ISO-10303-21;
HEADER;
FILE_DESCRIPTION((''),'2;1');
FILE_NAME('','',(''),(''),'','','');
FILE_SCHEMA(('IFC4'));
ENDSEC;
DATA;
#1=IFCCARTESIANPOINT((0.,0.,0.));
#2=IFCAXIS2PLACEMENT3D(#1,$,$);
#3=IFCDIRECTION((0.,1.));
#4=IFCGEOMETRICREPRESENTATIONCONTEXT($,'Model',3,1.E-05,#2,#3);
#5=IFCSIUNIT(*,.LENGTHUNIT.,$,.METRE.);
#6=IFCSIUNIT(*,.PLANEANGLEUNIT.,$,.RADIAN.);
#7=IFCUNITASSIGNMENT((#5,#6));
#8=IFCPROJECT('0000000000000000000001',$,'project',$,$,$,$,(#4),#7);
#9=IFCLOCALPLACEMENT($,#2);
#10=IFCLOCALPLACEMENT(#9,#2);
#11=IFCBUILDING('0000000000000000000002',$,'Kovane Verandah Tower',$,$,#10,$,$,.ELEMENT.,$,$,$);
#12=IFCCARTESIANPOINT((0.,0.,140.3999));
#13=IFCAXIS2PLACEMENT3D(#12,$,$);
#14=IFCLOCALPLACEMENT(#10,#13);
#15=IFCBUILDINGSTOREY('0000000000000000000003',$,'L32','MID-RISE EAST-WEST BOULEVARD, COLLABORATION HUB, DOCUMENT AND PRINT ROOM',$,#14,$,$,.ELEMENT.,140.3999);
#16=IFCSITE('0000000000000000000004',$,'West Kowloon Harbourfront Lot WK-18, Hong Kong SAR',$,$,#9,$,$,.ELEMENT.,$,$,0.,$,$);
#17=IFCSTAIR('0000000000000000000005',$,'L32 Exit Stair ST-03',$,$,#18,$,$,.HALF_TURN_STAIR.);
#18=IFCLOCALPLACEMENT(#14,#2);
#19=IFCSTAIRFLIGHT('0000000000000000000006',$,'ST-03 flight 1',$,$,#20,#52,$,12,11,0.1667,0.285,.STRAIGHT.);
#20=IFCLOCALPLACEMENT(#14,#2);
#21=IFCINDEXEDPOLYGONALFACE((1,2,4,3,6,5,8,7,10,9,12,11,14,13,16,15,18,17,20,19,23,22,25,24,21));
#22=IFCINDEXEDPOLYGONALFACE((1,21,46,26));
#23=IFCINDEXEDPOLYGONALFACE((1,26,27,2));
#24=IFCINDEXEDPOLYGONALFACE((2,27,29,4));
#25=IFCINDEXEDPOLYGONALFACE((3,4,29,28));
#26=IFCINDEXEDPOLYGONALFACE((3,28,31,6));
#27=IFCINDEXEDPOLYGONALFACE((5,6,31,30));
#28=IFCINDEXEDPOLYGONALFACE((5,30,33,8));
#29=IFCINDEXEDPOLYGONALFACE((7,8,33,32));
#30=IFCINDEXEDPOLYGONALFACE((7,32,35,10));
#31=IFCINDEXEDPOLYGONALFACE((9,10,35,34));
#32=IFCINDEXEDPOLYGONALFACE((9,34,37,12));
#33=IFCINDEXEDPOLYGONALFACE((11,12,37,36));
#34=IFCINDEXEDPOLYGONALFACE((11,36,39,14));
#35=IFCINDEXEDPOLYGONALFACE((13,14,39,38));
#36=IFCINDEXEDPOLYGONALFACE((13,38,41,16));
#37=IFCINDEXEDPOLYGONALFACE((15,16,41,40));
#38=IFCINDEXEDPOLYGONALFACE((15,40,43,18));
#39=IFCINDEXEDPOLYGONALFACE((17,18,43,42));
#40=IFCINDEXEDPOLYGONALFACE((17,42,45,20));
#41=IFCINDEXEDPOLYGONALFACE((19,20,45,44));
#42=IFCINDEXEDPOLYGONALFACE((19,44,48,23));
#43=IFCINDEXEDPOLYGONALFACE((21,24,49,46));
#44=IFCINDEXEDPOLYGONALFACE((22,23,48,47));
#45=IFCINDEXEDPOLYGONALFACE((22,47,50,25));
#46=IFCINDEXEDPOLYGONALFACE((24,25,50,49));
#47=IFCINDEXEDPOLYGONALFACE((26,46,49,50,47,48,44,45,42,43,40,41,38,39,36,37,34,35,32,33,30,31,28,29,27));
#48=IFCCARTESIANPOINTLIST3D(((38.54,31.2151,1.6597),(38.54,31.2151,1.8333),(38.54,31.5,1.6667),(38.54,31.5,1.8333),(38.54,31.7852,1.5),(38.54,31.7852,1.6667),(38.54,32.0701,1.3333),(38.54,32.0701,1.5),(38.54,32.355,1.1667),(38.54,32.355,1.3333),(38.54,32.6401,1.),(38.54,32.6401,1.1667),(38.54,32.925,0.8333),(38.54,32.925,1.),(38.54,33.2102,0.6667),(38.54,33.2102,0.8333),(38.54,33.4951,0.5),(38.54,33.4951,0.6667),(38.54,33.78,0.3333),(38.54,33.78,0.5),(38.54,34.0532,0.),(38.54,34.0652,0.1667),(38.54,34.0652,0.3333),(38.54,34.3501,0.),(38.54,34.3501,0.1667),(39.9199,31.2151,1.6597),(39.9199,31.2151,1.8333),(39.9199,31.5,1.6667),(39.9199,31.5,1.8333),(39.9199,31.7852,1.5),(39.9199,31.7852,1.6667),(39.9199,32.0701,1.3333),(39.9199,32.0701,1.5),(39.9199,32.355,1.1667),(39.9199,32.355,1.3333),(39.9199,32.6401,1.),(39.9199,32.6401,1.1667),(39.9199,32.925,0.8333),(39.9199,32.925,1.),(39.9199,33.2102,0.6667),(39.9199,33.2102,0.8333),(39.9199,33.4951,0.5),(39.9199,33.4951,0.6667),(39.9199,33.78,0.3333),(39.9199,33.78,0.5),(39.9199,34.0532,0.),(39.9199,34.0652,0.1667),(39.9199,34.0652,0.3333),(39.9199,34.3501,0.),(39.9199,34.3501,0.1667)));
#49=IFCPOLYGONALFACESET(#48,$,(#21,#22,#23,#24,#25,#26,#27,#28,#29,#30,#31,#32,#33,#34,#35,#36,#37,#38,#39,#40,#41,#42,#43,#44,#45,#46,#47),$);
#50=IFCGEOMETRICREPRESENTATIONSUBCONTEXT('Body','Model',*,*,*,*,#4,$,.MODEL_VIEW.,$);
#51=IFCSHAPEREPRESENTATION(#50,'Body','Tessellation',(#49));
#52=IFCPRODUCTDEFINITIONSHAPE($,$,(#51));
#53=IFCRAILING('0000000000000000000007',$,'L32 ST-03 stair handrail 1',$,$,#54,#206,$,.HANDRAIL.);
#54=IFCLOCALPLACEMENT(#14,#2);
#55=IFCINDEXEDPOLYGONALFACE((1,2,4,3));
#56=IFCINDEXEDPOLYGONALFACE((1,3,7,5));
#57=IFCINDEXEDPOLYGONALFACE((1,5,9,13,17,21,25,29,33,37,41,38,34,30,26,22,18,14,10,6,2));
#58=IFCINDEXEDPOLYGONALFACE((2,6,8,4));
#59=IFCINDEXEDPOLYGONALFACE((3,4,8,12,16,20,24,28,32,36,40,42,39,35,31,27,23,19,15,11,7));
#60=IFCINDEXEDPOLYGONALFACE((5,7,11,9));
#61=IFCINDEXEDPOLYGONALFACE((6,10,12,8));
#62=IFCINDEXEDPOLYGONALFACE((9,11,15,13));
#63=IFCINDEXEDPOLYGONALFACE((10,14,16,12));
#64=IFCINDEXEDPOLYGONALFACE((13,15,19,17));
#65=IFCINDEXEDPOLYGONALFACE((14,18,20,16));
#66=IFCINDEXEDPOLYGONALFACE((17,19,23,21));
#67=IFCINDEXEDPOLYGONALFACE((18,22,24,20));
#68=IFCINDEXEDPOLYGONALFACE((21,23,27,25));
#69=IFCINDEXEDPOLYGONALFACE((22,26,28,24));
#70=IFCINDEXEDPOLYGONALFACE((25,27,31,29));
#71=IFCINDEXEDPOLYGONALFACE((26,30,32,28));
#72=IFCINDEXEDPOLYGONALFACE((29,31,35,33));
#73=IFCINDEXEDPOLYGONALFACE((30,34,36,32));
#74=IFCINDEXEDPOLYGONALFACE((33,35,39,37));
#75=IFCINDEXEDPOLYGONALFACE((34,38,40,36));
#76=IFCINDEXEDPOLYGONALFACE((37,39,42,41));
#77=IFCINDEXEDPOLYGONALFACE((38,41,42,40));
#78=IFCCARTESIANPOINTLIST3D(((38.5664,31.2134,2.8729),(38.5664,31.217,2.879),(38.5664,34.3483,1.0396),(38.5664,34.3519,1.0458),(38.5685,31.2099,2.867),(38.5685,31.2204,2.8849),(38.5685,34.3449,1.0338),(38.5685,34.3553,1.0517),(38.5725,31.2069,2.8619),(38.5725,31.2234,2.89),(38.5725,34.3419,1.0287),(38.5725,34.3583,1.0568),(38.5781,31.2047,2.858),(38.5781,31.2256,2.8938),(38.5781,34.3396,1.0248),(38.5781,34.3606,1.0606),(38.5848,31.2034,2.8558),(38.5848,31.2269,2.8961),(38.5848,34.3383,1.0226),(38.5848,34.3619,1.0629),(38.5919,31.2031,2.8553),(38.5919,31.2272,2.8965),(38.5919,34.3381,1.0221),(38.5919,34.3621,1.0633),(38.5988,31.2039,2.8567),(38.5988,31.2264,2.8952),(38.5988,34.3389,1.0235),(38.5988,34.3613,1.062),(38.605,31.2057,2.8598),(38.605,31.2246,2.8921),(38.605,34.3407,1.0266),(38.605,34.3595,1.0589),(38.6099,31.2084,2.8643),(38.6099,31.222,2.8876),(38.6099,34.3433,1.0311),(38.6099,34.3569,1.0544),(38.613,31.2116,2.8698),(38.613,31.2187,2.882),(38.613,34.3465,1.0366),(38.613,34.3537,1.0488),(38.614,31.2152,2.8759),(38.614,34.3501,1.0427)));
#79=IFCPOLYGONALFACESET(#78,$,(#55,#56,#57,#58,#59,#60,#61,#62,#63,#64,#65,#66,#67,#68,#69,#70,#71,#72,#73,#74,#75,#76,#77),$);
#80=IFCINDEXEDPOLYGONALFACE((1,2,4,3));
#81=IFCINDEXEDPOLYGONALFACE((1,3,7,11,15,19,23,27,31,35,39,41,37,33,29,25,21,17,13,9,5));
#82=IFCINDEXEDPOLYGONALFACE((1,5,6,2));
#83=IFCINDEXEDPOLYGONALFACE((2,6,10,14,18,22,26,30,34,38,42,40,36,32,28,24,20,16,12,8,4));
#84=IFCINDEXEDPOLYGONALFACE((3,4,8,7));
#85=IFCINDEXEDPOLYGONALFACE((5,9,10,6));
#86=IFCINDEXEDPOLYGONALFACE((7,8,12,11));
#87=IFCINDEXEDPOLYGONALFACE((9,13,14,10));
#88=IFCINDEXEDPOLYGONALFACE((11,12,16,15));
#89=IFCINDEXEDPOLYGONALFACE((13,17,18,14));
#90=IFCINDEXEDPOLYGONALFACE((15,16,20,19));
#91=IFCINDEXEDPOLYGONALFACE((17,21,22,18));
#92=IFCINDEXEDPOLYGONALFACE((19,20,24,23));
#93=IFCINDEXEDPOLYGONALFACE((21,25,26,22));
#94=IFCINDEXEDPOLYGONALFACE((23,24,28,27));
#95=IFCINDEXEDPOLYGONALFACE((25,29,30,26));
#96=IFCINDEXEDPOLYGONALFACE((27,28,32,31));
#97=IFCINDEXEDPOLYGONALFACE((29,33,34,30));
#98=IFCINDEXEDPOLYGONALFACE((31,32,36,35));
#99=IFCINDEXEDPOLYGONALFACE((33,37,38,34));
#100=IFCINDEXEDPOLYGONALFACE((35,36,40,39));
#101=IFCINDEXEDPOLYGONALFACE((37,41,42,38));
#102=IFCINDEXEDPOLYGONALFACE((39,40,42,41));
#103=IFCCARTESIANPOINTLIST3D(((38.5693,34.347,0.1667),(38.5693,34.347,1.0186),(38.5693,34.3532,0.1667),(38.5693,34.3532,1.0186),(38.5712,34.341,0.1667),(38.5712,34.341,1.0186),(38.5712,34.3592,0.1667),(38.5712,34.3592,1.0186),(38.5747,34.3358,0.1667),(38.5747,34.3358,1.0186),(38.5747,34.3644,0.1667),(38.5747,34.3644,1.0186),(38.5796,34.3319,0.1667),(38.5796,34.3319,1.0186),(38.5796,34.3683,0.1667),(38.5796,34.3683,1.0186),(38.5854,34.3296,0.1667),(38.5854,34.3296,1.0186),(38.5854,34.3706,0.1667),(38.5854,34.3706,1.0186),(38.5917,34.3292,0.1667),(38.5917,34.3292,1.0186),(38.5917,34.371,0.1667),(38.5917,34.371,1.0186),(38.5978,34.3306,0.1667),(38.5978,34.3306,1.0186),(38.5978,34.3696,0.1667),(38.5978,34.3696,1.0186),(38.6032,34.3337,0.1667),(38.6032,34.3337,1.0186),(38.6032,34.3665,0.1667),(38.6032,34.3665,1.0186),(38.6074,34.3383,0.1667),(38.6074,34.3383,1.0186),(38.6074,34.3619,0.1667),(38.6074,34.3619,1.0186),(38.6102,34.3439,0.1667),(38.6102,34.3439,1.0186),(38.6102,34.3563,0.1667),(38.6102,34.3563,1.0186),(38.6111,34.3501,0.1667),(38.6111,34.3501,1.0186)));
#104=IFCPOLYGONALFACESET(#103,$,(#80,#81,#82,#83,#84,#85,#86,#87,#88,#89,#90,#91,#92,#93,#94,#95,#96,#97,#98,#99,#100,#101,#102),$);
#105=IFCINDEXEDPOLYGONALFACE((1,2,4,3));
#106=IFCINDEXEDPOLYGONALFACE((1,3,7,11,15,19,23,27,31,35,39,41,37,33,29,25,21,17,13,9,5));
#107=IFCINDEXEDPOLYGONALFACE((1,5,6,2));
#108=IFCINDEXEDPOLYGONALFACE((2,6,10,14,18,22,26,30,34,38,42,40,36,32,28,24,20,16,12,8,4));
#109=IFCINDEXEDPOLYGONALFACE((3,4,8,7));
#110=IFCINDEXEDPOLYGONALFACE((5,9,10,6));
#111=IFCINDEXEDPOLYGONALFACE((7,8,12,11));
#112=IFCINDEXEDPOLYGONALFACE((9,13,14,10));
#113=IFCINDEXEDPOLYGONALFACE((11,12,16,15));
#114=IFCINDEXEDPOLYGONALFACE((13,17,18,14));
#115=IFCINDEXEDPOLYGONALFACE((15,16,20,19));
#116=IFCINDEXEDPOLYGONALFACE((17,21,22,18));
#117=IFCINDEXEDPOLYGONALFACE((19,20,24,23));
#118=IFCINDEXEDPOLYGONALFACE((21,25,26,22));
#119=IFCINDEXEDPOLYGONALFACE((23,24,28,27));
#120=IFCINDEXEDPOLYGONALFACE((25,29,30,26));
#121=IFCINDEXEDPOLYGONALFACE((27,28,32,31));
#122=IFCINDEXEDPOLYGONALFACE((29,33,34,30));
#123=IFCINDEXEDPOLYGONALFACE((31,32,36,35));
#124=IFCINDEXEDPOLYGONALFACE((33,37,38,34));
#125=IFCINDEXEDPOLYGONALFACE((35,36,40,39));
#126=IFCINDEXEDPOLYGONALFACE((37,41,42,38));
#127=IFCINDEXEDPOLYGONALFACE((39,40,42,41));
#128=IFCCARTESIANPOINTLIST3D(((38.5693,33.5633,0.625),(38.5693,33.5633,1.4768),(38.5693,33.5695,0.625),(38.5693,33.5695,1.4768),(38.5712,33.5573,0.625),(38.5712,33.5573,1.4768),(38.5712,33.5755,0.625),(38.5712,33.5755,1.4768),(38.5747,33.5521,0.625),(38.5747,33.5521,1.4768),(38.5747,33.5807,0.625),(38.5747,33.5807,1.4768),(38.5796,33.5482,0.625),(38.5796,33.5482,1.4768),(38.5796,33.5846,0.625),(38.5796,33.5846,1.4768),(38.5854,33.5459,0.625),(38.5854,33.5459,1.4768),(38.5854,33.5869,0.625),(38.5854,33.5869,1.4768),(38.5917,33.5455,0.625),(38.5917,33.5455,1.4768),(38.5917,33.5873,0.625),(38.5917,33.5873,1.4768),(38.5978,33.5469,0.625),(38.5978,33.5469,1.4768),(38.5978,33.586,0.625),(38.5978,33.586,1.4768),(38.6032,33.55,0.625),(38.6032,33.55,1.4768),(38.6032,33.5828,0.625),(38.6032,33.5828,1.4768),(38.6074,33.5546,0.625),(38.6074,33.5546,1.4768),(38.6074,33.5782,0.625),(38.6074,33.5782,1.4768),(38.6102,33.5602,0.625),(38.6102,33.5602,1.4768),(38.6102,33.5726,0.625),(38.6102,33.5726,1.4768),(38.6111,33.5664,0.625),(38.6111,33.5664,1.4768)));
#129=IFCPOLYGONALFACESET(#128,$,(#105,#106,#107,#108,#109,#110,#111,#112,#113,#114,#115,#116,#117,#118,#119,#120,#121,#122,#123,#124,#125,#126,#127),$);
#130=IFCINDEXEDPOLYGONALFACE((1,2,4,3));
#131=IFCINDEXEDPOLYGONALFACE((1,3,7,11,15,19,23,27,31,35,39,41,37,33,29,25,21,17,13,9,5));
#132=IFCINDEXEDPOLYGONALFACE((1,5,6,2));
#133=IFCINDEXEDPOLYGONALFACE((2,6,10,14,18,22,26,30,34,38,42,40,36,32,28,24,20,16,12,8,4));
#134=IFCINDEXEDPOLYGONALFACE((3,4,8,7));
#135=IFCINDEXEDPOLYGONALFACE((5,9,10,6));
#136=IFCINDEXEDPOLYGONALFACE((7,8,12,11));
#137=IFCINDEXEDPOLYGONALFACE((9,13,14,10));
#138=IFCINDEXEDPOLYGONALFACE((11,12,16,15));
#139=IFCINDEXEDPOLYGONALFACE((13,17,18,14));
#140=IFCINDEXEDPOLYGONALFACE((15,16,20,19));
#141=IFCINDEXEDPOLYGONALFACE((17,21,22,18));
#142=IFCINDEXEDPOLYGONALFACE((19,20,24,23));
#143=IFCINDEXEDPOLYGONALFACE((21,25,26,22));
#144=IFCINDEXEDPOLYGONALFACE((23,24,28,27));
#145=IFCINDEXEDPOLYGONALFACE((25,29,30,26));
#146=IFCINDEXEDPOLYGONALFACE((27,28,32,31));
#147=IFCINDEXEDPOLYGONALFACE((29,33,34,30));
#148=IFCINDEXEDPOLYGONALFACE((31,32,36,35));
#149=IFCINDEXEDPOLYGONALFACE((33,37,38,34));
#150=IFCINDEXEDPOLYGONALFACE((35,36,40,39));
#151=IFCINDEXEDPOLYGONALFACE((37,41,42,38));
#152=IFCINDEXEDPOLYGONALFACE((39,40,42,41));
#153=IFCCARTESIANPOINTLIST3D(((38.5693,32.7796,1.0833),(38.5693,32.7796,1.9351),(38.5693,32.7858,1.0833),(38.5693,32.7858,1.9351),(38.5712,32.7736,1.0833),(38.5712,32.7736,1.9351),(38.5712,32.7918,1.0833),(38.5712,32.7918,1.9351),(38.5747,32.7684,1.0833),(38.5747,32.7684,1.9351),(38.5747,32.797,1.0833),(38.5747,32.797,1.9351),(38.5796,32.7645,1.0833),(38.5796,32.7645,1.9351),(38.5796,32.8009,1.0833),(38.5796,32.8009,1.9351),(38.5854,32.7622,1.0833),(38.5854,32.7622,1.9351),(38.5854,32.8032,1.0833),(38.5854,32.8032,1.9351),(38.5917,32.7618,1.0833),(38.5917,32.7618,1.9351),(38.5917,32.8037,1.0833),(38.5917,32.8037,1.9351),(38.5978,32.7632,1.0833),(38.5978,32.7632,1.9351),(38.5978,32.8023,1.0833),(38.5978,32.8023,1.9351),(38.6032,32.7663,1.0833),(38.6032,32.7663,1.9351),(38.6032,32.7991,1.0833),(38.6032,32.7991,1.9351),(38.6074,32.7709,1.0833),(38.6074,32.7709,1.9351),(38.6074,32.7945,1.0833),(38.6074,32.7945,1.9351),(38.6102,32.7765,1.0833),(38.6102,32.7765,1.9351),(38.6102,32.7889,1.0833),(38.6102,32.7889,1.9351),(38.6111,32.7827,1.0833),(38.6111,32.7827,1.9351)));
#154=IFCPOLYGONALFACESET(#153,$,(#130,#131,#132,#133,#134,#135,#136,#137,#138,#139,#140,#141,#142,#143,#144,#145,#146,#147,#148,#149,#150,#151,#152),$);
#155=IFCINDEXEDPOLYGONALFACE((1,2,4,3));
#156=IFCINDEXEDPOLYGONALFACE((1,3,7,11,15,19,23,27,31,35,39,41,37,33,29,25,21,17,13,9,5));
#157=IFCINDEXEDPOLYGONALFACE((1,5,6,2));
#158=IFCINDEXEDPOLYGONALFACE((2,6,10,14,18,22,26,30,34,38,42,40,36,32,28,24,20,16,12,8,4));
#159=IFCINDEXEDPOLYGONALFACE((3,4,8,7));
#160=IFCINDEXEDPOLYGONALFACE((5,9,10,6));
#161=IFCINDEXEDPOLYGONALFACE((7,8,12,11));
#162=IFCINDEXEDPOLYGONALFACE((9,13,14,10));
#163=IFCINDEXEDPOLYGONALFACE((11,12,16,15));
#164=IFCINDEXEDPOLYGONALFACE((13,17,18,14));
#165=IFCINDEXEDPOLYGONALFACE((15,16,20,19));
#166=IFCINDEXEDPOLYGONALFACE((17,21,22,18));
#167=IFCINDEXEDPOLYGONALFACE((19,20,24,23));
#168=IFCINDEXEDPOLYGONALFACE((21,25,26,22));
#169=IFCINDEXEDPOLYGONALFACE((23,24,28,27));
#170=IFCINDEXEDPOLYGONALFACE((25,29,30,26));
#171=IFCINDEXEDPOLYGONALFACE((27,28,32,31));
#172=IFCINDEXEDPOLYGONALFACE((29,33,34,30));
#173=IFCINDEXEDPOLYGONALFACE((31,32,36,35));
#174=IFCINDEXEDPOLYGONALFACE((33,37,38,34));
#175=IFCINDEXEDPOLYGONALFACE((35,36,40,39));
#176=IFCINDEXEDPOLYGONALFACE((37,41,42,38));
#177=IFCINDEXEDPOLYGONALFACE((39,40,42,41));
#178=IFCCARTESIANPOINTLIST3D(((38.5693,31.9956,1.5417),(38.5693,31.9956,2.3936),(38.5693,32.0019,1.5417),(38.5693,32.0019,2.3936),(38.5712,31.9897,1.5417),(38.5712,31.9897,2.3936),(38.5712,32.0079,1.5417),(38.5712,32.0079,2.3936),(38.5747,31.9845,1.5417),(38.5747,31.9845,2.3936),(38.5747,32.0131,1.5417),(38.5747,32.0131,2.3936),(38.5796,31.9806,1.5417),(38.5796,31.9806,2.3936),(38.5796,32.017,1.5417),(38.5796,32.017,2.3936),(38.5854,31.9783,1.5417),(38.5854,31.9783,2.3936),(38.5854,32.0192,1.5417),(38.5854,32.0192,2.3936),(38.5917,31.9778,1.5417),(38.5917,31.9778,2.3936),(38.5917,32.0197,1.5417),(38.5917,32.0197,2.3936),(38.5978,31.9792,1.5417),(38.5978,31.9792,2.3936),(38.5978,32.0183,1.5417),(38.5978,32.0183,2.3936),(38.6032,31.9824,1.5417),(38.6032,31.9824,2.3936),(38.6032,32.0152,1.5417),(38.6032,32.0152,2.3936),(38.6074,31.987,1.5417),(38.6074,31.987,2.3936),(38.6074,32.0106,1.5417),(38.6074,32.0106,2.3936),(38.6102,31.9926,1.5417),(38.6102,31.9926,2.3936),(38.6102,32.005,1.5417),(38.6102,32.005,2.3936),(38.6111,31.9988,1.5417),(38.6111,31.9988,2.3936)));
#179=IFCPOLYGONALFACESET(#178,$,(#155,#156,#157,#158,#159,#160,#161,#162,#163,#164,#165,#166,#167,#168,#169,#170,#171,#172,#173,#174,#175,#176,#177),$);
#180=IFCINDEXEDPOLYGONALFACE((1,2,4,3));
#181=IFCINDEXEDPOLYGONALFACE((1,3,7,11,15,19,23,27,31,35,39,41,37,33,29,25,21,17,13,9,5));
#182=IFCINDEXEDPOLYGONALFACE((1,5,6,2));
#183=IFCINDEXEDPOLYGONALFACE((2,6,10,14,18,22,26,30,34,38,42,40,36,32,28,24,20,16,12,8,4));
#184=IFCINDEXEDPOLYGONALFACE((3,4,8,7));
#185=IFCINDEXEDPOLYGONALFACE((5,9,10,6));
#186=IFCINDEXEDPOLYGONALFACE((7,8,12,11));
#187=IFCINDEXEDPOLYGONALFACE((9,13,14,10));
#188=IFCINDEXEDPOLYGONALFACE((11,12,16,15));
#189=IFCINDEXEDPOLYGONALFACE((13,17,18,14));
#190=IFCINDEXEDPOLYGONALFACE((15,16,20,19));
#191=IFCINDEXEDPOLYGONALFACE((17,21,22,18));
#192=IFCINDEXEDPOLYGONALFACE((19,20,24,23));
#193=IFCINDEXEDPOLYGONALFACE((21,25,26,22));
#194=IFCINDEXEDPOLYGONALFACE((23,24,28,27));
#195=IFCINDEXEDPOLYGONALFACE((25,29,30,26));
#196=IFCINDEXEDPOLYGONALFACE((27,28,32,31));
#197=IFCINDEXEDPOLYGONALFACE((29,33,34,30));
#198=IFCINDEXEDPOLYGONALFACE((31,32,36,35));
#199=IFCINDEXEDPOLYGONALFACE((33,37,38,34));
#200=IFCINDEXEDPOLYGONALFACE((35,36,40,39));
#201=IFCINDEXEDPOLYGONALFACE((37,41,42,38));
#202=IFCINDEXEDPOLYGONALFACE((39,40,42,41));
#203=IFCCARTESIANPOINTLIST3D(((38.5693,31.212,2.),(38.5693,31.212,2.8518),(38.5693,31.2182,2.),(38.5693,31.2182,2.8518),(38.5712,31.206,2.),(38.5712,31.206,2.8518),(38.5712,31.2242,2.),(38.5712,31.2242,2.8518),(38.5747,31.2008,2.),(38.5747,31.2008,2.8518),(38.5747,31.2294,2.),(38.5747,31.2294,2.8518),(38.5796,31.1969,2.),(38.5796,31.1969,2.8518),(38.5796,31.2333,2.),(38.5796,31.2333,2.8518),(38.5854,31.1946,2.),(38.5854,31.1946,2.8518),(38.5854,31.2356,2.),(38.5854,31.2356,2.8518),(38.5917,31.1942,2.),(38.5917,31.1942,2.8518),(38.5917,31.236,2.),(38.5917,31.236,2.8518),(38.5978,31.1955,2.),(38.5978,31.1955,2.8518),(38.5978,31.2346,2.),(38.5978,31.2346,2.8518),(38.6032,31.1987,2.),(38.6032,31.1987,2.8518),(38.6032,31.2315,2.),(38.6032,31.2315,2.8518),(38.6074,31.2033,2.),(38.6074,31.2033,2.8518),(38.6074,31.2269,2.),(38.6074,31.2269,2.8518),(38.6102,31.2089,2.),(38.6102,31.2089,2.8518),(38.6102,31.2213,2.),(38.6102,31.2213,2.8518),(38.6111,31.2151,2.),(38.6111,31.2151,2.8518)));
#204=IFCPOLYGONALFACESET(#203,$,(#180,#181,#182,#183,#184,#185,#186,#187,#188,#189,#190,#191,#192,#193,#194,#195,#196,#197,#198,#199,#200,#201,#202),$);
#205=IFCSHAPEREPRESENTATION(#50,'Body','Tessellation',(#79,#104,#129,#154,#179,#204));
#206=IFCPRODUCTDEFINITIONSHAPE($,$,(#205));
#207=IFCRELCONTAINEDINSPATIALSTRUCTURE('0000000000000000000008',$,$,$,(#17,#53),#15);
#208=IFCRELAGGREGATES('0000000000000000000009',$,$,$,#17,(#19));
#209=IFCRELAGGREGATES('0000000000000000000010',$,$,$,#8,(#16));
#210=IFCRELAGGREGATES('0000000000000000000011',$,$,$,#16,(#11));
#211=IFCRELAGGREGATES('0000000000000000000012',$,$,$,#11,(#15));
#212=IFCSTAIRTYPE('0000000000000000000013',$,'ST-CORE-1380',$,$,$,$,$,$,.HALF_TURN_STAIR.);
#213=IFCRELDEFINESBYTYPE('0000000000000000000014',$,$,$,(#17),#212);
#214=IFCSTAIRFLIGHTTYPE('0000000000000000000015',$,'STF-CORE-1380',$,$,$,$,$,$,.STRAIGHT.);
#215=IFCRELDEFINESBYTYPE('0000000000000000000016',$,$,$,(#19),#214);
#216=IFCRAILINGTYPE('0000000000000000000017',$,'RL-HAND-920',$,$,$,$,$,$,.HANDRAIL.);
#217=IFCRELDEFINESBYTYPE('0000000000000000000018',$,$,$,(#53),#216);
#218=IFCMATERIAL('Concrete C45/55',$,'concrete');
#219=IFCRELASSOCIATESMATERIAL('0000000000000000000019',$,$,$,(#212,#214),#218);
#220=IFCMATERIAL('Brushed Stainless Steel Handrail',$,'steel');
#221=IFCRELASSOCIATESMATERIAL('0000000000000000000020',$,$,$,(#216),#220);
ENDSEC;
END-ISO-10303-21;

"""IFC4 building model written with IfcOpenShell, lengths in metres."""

from ifc_helpers import new_model, si_unit, direction, frame, origin, origin_2d, place, context, subcontext, project, spatial, polyline, circle, outline, extrude, material, type_object, element, aggregate, save


model = new_model("IFC4")

# Units and contexts
model_context = context("Model", 3, precision=1e-05, world=origin(), true_north=direction((0.0, 1.0)))
body_context = subcontext(model_context, "Body", "Model", "MODEL_VIEW")
ifc_project = project(units=[si_unit("LENGTHUNIT", "METRE"), si_unit("PLANEANGLEUNIT", "RADIAN")], contexts=[model_context])

# Site, building, storey
site_placement = place(None, origin())
site = spatial("IfcSite", under=ifc_project, at=site_placement, Name="West Kowloon Harbourfront Lot WK-18, Hong Kong SAR", CompositionType="ELEMENT", RefElevation=0.0)
building_placement = place(site_placement, origin())
building = spatial("IfcBuilding", under=site, at=building_placement, Name="Kovane Verandah Tower", CompositionType="ELEMENT")
storey_placement = place(building_placement, frame((0.0, 0.0, 140.3999)))
storey = spatial("IfcBuildingStorey", under=building, at=storey_placement, Name="L32", Description="MID-RISE EAST-WEST BOULEVARD, COLLABORATION HUB, DOCUMENT AND PRINT ROOM", CompositionType="ELEMENT", Elevation=140.3999)

# Shared definitions
ifc_material_1 = material(Name="Concrete C45/55", Category="concrete")

# Stair, stair flight
stair_type = type_object("IfcStairType", Name="ST-CORE-1380", PredefinedType="HALF_TURN_STAIR", material=ifc_material_1)
stair_placement = place(storey_placement, origin())
stair = element("IfcStair", 1, at=stair_placement, inside=storey, type_object=stair_type, Name="L32 Exit Stair ST-03", PredefinedType="HALF_TURN_STAIR")
stair_flight_type = type_object("IfcStairFlightType", Name="STF-CORE-1380", PredefinedType="STRAIGHT", material=ifc_material_1)
stair_flight_placement = place(storey_placement, frame((39.23, 34.3501, 0.0), z_axis=(0.0, 0.0, 1.0), x_axis=(0.0, -1.0, 0.0)))
stair_flight = element("IfcStairFlight", 2, at=stair_flight_placement, type_object=stair_flight_type, Name="ST-03 flight 1", NumberOfRisers=12, NumberOfTreads=11, PredefinedType="STRAIGHT", RiserHeight=0.1667, TreadLength=0.285, context=body_context, shape_type="SweptSolid", body=[
    extrude(outline(polyline([(0.0, 0.0), (0.0, 0.1667), (0.2849, 0.1667), (0.2849, 0.3333), (0.5701, 0.3333), (0.5701, 0.5), (0.855, 0.5), (0.855, 0.6667), (1.1399, 0.6667), (1.1399, 0.8333), (1.425, 0.8333), (1.425, 1.0), (1.71, 1.0), (1.71, 1.1667), (1.9951, 1.1667), (1.9951, 1.3333), (2.28, 1.3333), (2.28, 1.5), (2.5649, 1.5), (2.5649, 1.6667), (2.8501, 1.6667), (2.8501, 1.8333), (3.135, 1.8333), (3.135, 2.0), (3.135, 1.6597), (0.2969, 0.0), (0.0, 0.0)])), frame((0.0, 0.6899, 0.0), z_axis=(0.0, -1.0, 0.0), x_axis=(1.0, 0.0, 0.0)), (0.0, 0.0, 1.0), 1.3799),
])
aggregate(stair, [stair_flight])

# Railing
ifc_material_2 = material(Name="Brushed Stainless Steel Handrail", Category="steel")
railing_type_1 = type_object("IfcRailingType", Name="RL-HAND-920", PredefinedType="HANDRAIL", material=ifc_material_2)
railing_1_placement = place(storey_placement, frame((38.5901, 34.3501, 0.1667)))
element("IfcRailing", 3, at=railing_1_placement, inside=storey, type_object=railing_type_1, Name="L32 ST-03 stair handrail 1", PredefinedType="HANDRAIL", context=body_context, shape_type="SweptSolid", body=[
    extrude(circle(Radius=0.0239, at=origin_2d()), frame((0.0, 0.0, 0.876), z_axis=(0.0, -0.86324, 0.504794), x_axis=(1.0, 0.0, 0.0)), (0.0, 0.0, 1.0), 3.6316),
    extrude(circle(Radius=0.021, at=origin_2d()), origin(), (0.0, 0.0, 1.0), 0.8518),
    extrude(circle(Radius=0.021, at=origin_2d()), frame((0.0, -0.7837, 0.4583)), (0.0, 0.0, 1.0), 0.8518),
    extrude(circle(Radius=0.021, at=origin_2d()), frame((0.0, -1.5674, 0.9165)), (0.0, 0.0, 1.0), 0.8518),
    extrude(circle(Radius=0.021, at=origin_2d()), frame((0.0, -2.3513, 1.375)), (0.0, 0.0, 1.0), 0.8518),
    extrude(circle(Radius=0.021, at=origin_2d()), frame((0.0, -3.135, 1.8333)), (0.0, 0.0, 1.0), 0.8518),
])

save(model, "model.ifc")
